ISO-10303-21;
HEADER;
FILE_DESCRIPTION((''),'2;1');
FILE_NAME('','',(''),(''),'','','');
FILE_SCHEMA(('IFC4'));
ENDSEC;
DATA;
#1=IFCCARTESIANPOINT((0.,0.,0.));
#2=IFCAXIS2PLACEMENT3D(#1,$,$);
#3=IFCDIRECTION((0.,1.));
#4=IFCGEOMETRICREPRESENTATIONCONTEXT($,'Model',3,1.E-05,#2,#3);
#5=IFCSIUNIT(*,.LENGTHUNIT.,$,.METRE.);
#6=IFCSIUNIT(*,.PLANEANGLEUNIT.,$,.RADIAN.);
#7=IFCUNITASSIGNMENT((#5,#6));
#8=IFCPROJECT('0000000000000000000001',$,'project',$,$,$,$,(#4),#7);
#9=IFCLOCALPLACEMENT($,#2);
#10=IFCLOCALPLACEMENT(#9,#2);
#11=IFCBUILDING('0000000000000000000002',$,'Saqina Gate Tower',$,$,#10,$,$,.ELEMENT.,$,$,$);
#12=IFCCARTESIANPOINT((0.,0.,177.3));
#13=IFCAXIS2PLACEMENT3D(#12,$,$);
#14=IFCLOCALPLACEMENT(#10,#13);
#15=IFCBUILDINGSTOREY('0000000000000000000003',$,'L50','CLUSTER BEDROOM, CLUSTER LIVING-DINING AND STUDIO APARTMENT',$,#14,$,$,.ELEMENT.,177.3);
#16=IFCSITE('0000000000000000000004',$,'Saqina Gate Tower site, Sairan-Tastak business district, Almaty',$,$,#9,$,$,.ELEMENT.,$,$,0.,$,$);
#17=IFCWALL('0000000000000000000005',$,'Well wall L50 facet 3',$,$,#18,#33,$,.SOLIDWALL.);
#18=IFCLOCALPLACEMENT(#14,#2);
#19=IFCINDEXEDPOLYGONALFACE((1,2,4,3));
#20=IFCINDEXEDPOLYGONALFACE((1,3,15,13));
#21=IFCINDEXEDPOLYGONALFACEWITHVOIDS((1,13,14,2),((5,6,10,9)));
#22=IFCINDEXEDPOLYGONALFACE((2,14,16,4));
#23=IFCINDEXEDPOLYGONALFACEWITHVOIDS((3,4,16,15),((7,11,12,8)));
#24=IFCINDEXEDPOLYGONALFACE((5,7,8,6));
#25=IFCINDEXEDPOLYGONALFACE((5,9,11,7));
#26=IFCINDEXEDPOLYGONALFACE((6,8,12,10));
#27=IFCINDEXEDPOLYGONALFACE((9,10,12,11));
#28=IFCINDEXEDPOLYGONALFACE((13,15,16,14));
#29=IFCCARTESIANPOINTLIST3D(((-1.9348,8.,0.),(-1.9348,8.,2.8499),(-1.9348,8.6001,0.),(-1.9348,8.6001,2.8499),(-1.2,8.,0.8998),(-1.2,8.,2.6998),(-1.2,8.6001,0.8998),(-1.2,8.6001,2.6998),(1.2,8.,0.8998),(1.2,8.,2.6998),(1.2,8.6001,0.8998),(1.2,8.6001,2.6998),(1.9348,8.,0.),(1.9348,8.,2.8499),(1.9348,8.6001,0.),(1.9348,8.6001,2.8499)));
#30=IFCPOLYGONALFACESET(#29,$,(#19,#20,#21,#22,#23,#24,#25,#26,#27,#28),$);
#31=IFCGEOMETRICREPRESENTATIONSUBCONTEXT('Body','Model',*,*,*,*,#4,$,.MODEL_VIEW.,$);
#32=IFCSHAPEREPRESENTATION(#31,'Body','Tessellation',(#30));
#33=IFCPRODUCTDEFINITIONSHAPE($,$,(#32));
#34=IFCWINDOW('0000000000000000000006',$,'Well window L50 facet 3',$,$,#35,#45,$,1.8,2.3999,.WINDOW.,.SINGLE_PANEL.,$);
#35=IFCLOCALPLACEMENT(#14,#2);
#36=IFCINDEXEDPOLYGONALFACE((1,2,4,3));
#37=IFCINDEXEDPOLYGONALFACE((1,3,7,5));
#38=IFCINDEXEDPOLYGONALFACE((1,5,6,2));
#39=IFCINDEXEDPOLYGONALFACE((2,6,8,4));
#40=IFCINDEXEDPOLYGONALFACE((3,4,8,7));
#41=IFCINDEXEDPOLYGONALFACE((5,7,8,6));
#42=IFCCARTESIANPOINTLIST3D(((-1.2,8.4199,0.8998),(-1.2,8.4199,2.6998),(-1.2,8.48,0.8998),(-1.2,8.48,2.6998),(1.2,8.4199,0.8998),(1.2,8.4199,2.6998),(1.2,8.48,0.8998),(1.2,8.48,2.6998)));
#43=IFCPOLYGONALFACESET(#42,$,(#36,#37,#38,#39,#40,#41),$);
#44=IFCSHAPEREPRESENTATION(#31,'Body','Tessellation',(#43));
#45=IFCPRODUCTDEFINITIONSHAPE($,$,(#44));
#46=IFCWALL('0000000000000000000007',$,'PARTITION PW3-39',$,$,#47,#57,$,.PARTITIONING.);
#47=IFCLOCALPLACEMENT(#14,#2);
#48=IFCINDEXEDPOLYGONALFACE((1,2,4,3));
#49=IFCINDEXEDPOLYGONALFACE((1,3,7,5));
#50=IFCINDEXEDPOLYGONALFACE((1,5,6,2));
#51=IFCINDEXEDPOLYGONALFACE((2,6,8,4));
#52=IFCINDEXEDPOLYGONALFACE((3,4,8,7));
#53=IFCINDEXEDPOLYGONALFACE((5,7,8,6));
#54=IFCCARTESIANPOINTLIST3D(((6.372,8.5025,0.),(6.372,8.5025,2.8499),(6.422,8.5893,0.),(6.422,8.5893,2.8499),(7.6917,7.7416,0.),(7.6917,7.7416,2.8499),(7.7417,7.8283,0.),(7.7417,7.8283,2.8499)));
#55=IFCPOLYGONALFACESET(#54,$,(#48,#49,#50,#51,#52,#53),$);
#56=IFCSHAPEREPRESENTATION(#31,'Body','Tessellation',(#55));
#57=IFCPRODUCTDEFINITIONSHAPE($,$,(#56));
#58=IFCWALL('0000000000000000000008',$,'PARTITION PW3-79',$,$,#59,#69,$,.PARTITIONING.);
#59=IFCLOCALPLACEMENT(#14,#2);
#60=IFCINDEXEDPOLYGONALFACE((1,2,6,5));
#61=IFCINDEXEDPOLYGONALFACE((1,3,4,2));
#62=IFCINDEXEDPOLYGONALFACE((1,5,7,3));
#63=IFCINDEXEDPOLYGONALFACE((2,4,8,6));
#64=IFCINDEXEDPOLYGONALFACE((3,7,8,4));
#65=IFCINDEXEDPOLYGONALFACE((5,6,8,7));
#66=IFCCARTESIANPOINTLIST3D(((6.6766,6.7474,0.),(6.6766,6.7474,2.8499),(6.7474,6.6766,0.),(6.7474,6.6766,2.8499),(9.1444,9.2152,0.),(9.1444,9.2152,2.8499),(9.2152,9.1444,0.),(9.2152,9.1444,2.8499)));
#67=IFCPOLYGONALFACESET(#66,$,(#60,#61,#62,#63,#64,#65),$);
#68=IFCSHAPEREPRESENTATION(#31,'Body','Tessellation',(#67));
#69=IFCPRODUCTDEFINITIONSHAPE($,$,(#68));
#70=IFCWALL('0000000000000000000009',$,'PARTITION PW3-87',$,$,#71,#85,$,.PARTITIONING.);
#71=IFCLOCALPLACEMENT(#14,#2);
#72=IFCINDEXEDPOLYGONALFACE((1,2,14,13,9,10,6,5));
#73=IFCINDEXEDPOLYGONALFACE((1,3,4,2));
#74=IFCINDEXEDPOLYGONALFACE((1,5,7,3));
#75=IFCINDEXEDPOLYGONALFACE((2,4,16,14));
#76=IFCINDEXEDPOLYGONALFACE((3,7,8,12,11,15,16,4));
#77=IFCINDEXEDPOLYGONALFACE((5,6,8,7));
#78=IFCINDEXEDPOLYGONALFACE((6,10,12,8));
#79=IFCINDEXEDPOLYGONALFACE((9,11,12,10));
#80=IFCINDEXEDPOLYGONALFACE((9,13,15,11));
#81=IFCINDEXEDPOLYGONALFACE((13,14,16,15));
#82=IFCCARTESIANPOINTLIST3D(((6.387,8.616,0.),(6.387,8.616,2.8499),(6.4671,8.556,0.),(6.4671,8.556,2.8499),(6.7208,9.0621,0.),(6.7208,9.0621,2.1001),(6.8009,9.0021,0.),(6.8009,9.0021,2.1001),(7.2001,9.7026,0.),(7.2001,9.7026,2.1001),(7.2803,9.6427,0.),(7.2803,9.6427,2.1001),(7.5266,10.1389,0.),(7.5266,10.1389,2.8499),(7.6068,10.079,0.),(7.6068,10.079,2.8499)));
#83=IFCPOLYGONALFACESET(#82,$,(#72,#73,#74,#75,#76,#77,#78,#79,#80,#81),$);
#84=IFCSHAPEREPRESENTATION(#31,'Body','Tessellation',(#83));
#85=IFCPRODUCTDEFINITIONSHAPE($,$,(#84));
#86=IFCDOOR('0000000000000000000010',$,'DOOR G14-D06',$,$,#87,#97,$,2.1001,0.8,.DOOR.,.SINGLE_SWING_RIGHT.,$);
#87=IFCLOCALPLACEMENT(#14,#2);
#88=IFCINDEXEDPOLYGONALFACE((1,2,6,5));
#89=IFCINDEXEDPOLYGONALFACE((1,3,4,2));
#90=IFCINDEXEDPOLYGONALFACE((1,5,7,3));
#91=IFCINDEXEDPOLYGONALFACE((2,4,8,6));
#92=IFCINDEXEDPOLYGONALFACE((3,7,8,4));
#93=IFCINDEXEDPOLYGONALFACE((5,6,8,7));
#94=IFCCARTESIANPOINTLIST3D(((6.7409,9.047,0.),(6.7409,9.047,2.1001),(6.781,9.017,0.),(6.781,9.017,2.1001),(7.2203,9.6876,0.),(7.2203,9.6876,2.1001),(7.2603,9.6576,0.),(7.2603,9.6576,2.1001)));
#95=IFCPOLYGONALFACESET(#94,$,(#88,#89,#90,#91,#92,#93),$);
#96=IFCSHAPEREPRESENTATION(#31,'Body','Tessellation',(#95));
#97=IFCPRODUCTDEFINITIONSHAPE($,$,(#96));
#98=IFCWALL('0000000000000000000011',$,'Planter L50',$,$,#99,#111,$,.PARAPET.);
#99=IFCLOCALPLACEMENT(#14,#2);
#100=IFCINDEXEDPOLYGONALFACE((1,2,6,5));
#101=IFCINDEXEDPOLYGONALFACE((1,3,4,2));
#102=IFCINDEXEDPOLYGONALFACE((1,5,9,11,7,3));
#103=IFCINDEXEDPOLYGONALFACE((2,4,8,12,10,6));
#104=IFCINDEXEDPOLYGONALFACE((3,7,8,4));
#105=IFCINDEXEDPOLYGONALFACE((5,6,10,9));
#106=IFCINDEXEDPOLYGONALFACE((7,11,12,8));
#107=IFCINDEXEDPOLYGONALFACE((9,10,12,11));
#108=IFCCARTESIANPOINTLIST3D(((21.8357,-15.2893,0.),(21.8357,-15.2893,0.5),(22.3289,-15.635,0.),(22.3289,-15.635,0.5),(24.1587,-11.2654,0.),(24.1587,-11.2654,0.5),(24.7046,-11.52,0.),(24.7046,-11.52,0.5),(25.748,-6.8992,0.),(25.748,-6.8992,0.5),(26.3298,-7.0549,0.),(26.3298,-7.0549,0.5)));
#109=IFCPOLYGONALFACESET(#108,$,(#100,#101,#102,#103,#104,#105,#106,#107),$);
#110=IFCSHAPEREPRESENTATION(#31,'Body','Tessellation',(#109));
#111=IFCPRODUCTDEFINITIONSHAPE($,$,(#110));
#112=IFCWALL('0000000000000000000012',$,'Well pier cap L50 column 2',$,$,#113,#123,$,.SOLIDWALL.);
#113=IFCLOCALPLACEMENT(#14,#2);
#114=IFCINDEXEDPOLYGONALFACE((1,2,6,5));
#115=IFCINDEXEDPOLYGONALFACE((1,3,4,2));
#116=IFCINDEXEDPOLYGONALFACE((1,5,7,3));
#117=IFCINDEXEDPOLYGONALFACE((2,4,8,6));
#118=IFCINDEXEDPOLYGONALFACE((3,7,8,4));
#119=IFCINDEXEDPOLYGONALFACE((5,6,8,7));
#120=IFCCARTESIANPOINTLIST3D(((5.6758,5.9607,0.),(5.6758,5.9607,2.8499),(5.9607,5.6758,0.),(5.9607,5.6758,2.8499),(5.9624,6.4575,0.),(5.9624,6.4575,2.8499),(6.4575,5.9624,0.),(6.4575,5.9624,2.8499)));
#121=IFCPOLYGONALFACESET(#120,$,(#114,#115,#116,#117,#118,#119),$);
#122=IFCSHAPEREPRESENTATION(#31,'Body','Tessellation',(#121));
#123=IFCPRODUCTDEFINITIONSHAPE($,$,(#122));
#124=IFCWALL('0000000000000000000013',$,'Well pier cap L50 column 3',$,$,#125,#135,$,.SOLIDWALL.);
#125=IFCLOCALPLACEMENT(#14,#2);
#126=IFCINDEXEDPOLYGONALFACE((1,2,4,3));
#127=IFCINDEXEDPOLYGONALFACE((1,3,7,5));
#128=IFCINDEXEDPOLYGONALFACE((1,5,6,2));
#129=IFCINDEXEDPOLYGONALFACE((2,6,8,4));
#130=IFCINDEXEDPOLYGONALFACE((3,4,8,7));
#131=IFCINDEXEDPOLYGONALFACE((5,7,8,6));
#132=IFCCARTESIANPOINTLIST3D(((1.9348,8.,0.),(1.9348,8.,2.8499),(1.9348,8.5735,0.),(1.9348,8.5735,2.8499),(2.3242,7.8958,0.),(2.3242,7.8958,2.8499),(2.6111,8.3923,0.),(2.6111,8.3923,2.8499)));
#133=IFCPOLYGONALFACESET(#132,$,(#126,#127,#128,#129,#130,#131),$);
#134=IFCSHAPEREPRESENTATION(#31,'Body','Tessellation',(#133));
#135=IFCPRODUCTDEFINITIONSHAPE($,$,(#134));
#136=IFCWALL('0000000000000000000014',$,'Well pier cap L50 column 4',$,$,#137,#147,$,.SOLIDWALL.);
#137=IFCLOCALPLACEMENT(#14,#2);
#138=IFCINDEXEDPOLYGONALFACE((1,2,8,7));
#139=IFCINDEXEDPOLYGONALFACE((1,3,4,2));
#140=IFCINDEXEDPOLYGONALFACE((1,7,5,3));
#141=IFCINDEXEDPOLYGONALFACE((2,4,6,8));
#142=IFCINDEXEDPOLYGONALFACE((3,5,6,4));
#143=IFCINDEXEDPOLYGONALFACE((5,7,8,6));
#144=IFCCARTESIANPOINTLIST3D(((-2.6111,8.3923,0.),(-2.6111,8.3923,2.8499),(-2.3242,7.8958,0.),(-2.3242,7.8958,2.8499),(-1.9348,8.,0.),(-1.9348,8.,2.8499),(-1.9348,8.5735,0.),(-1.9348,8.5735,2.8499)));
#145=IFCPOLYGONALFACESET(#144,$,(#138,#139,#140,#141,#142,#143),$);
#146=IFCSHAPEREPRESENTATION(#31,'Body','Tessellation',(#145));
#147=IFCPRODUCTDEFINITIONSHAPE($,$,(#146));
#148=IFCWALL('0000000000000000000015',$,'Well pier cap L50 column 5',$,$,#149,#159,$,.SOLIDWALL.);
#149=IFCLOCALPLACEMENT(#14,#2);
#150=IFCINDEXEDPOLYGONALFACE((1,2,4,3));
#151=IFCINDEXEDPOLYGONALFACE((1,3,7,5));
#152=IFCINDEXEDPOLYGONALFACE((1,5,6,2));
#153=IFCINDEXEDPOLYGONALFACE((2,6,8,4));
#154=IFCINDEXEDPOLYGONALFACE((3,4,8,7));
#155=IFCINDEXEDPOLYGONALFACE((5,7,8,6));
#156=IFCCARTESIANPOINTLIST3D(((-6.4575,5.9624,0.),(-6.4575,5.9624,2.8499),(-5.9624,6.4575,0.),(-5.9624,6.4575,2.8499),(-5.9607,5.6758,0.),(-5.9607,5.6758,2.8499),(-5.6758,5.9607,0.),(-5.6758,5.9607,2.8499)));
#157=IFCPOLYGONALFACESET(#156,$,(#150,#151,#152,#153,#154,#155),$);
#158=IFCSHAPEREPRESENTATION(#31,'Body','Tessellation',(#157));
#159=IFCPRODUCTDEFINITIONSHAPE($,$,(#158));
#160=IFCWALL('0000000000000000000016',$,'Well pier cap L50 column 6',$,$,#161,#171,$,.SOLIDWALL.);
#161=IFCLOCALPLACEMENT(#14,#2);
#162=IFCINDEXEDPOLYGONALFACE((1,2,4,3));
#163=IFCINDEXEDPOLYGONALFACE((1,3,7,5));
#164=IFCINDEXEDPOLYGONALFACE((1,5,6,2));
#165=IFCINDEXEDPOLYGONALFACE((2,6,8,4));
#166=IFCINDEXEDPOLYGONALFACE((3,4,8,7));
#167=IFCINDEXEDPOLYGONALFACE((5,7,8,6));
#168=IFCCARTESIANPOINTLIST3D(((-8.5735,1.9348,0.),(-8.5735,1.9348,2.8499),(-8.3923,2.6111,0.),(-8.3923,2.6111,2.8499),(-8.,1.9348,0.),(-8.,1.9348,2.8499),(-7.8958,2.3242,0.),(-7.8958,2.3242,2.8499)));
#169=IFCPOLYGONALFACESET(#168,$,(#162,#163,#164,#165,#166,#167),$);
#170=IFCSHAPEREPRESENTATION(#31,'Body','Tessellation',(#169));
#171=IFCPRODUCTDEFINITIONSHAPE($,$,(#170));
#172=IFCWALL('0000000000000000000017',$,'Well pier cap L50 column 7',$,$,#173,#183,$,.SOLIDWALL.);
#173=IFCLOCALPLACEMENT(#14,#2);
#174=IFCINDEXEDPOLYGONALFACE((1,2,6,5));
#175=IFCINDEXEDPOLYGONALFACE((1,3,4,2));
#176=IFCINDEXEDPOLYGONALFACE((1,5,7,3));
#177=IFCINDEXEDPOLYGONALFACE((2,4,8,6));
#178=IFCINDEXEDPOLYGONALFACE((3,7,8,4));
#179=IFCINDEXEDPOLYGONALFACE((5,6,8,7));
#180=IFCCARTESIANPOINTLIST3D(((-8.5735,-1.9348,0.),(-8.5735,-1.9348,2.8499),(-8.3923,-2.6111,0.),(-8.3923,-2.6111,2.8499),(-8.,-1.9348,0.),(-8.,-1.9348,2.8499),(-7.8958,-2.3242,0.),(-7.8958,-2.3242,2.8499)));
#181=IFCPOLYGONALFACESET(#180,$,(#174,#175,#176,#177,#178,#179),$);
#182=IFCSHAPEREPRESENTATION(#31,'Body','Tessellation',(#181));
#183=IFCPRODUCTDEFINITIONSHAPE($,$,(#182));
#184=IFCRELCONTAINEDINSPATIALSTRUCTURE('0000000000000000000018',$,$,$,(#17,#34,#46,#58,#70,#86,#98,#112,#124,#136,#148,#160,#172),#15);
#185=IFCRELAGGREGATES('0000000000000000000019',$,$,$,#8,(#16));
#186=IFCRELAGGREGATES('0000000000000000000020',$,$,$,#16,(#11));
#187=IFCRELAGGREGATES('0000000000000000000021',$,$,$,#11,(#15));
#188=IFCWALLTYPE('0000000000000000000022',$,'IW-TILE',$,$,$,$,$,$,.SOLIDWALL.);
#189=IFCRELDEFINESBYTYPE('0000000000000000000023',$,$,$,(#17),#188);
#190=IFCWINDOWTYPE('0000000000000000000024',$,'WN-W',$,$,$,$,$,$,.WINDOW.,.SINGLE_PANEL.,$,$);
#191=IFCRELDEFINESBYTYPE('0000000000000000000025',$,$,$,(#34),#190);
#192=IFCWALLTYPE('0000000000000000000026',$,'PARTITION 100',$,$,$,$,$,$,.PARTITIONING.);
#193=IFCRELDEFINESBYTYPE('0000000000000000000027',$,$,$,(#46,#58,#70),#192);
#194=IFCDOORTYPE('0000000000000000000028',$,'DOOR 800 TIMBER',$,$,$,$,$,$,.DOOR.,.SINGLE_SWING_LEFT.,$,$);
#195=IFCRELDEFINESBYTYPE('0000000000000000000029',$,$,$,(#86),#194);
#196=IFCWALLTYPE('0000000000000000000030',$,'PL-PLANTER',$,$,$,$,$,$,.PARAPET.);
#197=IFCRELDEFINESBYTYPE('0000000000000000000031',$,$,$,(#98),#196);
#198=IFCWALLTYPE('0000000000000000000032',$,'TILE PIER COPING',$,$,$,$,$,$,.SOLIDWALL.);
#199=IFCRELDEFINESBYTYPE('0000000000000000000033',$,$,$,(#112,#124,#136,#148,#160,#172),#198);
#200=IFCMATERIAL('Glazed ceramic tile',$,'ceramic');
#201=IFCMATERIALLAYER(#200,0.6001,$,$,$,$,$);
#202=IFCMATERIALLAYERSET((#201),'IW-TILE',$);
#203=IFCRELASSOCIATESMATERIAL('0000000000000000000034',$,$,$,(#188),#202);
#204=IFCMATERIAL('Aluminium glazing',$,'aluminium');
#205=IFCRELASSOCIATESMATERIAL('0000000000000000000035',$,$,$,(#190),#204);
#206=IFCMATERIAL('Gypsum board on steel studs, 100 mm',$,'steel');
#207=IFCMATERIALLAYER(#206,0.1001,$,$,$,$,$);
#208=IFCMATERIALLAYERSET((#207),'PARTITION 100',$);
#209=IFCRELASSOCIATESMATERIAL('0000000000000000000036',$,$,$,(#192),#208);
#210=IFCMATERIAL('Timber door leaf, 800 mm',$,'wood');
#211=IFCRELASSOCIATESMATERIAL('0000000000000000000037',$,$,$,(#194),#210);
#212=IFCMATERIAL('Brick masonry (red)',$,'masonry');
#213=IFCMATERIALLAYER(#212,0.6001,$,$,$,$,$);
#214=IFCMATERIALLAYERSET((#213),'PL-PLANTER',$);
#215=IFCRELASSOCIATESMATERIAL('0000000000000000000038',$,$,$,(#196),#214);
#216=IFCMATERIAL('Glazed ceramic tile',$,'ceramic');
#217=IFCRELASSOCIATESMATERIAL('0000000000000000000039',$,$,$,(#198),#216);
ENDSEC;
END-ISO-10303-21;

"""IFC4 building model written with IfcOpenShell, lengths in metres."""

from ifc_helpers import new_model, si_unit, direction, frame, frame_2d, origin, place, context, subcontext, project, spatial, polyline, rectangle, outline, extrude, material, layer, layer_set, type_object, element, fill, save


model = new_model("IFC4")

# Units and contexts
model_context = context("Model", 3, precision=1e-05, world=origin(), true_north=direction((0.0, 1.0)))
body_context = subcontext(model_context, "Body", "Model", "MODEL_VIEW")
ifc_project = project(units=[si_unit("LENGTHUNIT", "METRE"), si_unit("PLANEANGLEUNIT", "RADIAN")], contexts=[model_context])

# Site, building, storey
site_placement = place(None, origin())
site = spatial("IfcSite", under=ifc_project, at=site_placement, Name="Saqina Gate Tower site, Sairan-Tastak business district, Almaty", CompositionType="ELEMENT", RefElevation=0.0)
building_placement = place(site_placement, origin())
building = spatial("IfcBuilding", under=site, at=building_placement, Name="Saqina Gate Tower", CompositionType="ELEMENT")
storey_placement = place(building_placement, frame((0.0, 0.0, 177.3)))
storey = spatial("IfcBuildingStorey", under=building, at=storey_placement, Name="L50", Description="CLUSTER BEDROOM, CLUSTER LIVING-DINING AND STUDIO APARTMENT", CompositionType="ELEMENT", Elevation=177.3)

# Wall, opening, window
ifc_material_1 = material(Name="Glazed ceramic tile", Category="ceramic")
ifc_layer_1 = layer(ifc_material_1, 0.6001)
ifc_layer_set_1 = layer_set([ifc_layer_1], Name="IW-TILE")
wall_type_1 = type_object("IfcWallType", Name="IW-TILE", PredefinedType="SOLIDWALL", material=ifc_layer_set_1)
ifc_material_2 = material(Name="Aluminium glazing", Category="aluminium")
window_type = type_object("IfcWindowType", Name="WN-W", PartitioningType="SINGLE_PANEL", PredefinedType="WINDOW", material=ifc_material_2)
wall_1_placement = place(storey_placement, frame((1.9348, 8.3, 0.0), z_axis=(0.0, 0.0, 1.0), x_axis=(-1.0, 0.0, 0.0)))
wall_1 = element("IfcWall", 1, at=wall_1_placement, inside=storey, type_object=wall_type_1, Name="Well wall L50 facet 3", PredefinedType="SOLIDWALL", context=body_context, shape_type="SweptSolid", body=[
    extrude(rectangle(XDim=3.8696, YDim=0.6001, at=frame_2d((1.9348, 0.0))), origin(), (0.0, 0.0, 1.0), 2.8499),
])
opening_1_placement = place(wall_1_placement, frame((0.7349, 0.0, 0.8999)))
opening_1 = element("IfcOpeningElement", 2, at=opening_1_placement, cuts=wall_1, PredefinedType="OPENING", context=body_context, shape_type="SweptSolid", body=[
    extrude(rectangle(XDim=2.3999, YDim=1.8, at=frame_2d((1.2, 0.8999))), frame((0.0, 0.312, 0.0), z_axis=(0.0, -1.0, 0.0), x_axis=(1.0, 0.0, 0.0)), (0.0, 0.0, 1.0), 0.624),
])
window_1_placement = place(opening_1_placement, origin())
window_1 = element("IfcWindow", 3, at=window_1_placement, inside=storey, type_object=window_type, Name="Well window L50 facet 3", OverallHeight=1.8, OverallWidth=2.3999, PartitioningType="SINGLE_PANEL", PredefinedType="WINDOW", context=body_context, shape_type="SweptSolid", body=[
    extrude(rectangle(XDim=2.3999, YDim=1.8, at=frame_2d((1.2, 0.8999))), frame((0.0, -0.1199, 0.0), z_axis=(0.0, -1.0, 0.0), x_axis=(1.0, 0.0, 0.0)), (0.0, 0.0, 1.0), 0.0601),
])
fill(opening_1, window_1)

# Walls
ifc_material_3 = material(Name="Gypsum board on steel studs, 100 mm", Category="steel")
ifc_layer_2 = layer(ifc_material_3, 0.1001)
ifc_layer_set_2 = layer_set([ifc_layer_2], Name="PARTITION 100")
wall_type_2 = type_object("IfcWallType", Name="PARTITION 100", PredefinedType="PARTITIONING", material=ifc_layer_set_2)
wall_2_placement = place(storey_placement, frame((6.397, 8.5459, 0.0), z_axis=(0.0, 0.0, 1.0), x_axis=(0.866314, -0.4995, 0.0)))
element("IfcWall", 4, at=wall_2_placement, inside=storey, type_object=wall_type_2, Name="PARTITION PW3-39", PredefinedType="PARTITIONING", context=body_context, shape_type="SweptSolid", body=[
    extrude(rectangle(XDim=1.5234, YDim=0.1001, at=frame_2d((0.7617, 0.0))), origin(), (0.0, 0.0, 1.0), 2.8499),
])
wall_3_placement = place(storey_placement, frame((6.7119, 6.7119, 0.0), z_axis=(0.0, 0.0, 1.0), x_axis=(0.707107, 0.707107, 0.0)))
element("IfcWall", 5, at=wall_3_placement, inside=storey, type_object=wall_type_2, Name="PARTITION PW3-79", PredefinedType="PARTITIONING", context=body_context, shape_type="SweptSolid", body=[
    extrude(rectangle(XDim=3.49, YDim=0.1001, at=frame_2d((1.7451, 0.0))), origin(), (0.0, 0.0, 1.0), 2.8499),
])

# Wall, opening, door
wall_4_placement = place(storey_placement, frame((6.427, 8.5859, 0.0), z_axis=(0.0, 0.0, 1.0), x_axis=(0.599137, 0.800646, 0.0)))
wall_4 = element("IfcWall", 6, at=wall_4_placement, inside=storey, type_object=wall_type_2, Name="PARTITION PW3-87", PredefinedType="PARTITIONING", context=body_context, shape_type="SweptSolid", body=[
    extrude(rectangle(XDim=1.9021, YDim=0.1001, at=frame_2d((0.9512, 0.0))), origin(), (0.0, 0.0, 1.0), 2.8499),
])
opening_2_placement = place(wall_4_placement, frame((0.5574, 0.0, 0.0)))
opening_2 = element("IfcOpeningElement", 7, at=opening_2_placement, cuts=wall_4, PredefinedType="OPENING", context=body_context, shape_type="SweptSolid", body=[
    extrude(rectangle(XDim=0.8, YDim=2.1001, at=frame_2d((0.3999, 1.05))), frame((0.0, 0.062, 0.0), z_axis=(0.0, -1.0, 0.0), x_axis=(1.0, 0.0, 0.0)), (0.0, 0.0, 1.0), 0.124),
])
ifc_material_4 = material(Name="Timber door leaf, 800 mm", Category="wood")
door_type = type_object("IfcDoorType", Name="DOOR 800 TIMBER", OperationType="SINGLE_SWING_LEFT", PredefinedType="DOOR", material=ifc_material_4)
door_placement = place(opening_2_placement, origin())
door = element("IfcDoor", 8, at=door_placement, inside=storey, type_object=door_type, Name="DOOR G14-D06", OperationType="SINGLE_SWING_RIGHT", OverallHeight=2.1001, OverallWidth=0.8, PredefinedType="DOOR", context=body_context, shape_type="SweptSolid", body=[
    extrude(rectangle(XDim=0.8, YDim=2.1001, at=frame_2d((0.3999, 1.05))), frame((0.0, 0.0249, 0.0), z_axis=(0.0, -1.0, 0.0), x_axis=(1.0, 0.0, 0.0)), (0.0, 0.0, 1.0), 0.05),
])
fill(opening_2, door)

# Walls
ifc_material_5 = material(Name="Brick masonry (red)", Category="masonry")
ifc_layer_3 = layer(ifc_material_5, 0.6001)
ifc_layer_set_3 = layer_set([ifc_layer_3], Name="PL-PLANTER")
wall_type_3 = type_object("IfcWallType", Name="PL-PLANTER", PredefinedType="PARAPET", material=ifc_layer_set_3)
wall_5_placement = place(storey_placement, origin())
element("IfcWall", 9, at=wall_5_placement, inside=storey, type_object=wall_type_3, Name="Planter L50", PredefinedType="PARAPET", context=body_context, shape_type="SweptSolid", body=[
    extrude(outline(polyline([(22.3289, -15.635), (24.7046, -11.52), (26.3298, -7.0549), (25.748, -6.8992), (24.1587, -11.2654), (21.8357, -15.2893), (22.3289, -15.635)])), origin(), (0.0, 0.0, 1.0), 0.5),
])
ifc_material_6 = material(Name="Glazed ceramic tile", Category="ceramic")
wall_type_4 = type_object("IfcWallType", Name="TILE PIER COPING", PredefinedType="SOLIDWALL", material=ifc_material_6)
wall_6_placement = place(storey_placement, origin())
element("IfcWall", 10, at=wall_6_placement, inside=storey, type_object=wall_type_4, Name="Well pier cap L50 column 2", PredefinedType="SOLIDWALL", context=body_context, shape_type="SweptSolid", body=[
    extrude(outline(polyline([(5.9624, 6.4575), (5.6758, 5.9607), (5.9607, 5.6758), (6.4575, 5.9624), (5.9624, 6.4575)])), origin(), (0.0, 0.0, 1.0), 2.8499),
])
wall_7_placement = place(storey_placement, origin())
element("IfcWall", 11, at=wall_7_placement, inside=storey, type_object=wall_type_4, Name="Well pier cap L50 column 3", PredefinedType="SOLIDWALL", context=body_context, shape_type="SweptSolid", body=[
    extrude(outline(polyline([(1.9348, 8.5735), (1.9348, 8.0), (2.3242, 7.8958), (2.6111, 8.3923), (1.9348, 8.5735)])), origin(), (0.0, 0.0, 1.0), 2.8499),
])
wall_8_placement = place(storey_placement, origin())
element("IfcWall", 12, at=wall_8_placement, inside=storey, type_object=wall_type_4, Name="Well pier cap L50 column 4", PredefinedType="SOLIDWALL", context=body_context, shape_type="SweptSolid", body=[
    extrude(outline(polyline([(-1.9348, 8.0), (-1.9348, 8.5735), (-2.6111, 8.3923), (-2.3242, 7.8958), (-1.9348, 8.0)])), origin(), (0.0, 0.0, 1.0), 2.8499),
])
wall_9_placement = place(storey_placement, origin())
element("IfcWall", 13, at=wall_9_placement, inside=storey, type_object=wall_type_4, Name="Well pier cap L50 column 5", PredefinedType="SOLIDWALL", context=body_context, shape_type="SweptSolid", body=[
    extrude(outline(polyline([(-6.4575, 5.9624), (-5.9607, 5.6758), (-5.6758, 5.9607), (-5.9624, 6.4575), (-6.4575, 5.9624)])), origin(), (0.0, 0.0, 1.0), 2.8499),
])
wall_10_placement = place(storey_placement, origin())
element("IfcWall", 14, at=wall_10_placement, inside=storey, type_object=wall_type_4, Name="Well pier cap L50 column 6", PredefinedType="SOLIDWALL", context=body_context, shape_type="SweptSolid", body=[
    extrude(outline(polyline([(-8.5735, 1.9348), (-8.0, 1.9348), (-7.8958, 2.3242), (-8.3923, 2.6111), (-8.5735, 1.9348)])), origin(), (0.0, 0.0, 1.0), 2.8499),
])
wall_11_placement = place(storey_placement, origin())
element("IfcWall", 15, at=wall_11_placement, inside=storey, type_object=wall_type_4, Name="Well pier cap L50 column 7", PredefinedType="SOLIDWALL", context=body_context, shape_type="SweptSolid", body=[
    extrude(outline(polyline([(-8.0, -1.9348), (-8.5735, -1.9348), (-8.3923, -2.6111), (-7.8958, -2.3242), (-8.0, -1.9348)])), origin(), (0.0, 0.0, 1.0), 2.8499),
])

save(model, "model.ifc")
